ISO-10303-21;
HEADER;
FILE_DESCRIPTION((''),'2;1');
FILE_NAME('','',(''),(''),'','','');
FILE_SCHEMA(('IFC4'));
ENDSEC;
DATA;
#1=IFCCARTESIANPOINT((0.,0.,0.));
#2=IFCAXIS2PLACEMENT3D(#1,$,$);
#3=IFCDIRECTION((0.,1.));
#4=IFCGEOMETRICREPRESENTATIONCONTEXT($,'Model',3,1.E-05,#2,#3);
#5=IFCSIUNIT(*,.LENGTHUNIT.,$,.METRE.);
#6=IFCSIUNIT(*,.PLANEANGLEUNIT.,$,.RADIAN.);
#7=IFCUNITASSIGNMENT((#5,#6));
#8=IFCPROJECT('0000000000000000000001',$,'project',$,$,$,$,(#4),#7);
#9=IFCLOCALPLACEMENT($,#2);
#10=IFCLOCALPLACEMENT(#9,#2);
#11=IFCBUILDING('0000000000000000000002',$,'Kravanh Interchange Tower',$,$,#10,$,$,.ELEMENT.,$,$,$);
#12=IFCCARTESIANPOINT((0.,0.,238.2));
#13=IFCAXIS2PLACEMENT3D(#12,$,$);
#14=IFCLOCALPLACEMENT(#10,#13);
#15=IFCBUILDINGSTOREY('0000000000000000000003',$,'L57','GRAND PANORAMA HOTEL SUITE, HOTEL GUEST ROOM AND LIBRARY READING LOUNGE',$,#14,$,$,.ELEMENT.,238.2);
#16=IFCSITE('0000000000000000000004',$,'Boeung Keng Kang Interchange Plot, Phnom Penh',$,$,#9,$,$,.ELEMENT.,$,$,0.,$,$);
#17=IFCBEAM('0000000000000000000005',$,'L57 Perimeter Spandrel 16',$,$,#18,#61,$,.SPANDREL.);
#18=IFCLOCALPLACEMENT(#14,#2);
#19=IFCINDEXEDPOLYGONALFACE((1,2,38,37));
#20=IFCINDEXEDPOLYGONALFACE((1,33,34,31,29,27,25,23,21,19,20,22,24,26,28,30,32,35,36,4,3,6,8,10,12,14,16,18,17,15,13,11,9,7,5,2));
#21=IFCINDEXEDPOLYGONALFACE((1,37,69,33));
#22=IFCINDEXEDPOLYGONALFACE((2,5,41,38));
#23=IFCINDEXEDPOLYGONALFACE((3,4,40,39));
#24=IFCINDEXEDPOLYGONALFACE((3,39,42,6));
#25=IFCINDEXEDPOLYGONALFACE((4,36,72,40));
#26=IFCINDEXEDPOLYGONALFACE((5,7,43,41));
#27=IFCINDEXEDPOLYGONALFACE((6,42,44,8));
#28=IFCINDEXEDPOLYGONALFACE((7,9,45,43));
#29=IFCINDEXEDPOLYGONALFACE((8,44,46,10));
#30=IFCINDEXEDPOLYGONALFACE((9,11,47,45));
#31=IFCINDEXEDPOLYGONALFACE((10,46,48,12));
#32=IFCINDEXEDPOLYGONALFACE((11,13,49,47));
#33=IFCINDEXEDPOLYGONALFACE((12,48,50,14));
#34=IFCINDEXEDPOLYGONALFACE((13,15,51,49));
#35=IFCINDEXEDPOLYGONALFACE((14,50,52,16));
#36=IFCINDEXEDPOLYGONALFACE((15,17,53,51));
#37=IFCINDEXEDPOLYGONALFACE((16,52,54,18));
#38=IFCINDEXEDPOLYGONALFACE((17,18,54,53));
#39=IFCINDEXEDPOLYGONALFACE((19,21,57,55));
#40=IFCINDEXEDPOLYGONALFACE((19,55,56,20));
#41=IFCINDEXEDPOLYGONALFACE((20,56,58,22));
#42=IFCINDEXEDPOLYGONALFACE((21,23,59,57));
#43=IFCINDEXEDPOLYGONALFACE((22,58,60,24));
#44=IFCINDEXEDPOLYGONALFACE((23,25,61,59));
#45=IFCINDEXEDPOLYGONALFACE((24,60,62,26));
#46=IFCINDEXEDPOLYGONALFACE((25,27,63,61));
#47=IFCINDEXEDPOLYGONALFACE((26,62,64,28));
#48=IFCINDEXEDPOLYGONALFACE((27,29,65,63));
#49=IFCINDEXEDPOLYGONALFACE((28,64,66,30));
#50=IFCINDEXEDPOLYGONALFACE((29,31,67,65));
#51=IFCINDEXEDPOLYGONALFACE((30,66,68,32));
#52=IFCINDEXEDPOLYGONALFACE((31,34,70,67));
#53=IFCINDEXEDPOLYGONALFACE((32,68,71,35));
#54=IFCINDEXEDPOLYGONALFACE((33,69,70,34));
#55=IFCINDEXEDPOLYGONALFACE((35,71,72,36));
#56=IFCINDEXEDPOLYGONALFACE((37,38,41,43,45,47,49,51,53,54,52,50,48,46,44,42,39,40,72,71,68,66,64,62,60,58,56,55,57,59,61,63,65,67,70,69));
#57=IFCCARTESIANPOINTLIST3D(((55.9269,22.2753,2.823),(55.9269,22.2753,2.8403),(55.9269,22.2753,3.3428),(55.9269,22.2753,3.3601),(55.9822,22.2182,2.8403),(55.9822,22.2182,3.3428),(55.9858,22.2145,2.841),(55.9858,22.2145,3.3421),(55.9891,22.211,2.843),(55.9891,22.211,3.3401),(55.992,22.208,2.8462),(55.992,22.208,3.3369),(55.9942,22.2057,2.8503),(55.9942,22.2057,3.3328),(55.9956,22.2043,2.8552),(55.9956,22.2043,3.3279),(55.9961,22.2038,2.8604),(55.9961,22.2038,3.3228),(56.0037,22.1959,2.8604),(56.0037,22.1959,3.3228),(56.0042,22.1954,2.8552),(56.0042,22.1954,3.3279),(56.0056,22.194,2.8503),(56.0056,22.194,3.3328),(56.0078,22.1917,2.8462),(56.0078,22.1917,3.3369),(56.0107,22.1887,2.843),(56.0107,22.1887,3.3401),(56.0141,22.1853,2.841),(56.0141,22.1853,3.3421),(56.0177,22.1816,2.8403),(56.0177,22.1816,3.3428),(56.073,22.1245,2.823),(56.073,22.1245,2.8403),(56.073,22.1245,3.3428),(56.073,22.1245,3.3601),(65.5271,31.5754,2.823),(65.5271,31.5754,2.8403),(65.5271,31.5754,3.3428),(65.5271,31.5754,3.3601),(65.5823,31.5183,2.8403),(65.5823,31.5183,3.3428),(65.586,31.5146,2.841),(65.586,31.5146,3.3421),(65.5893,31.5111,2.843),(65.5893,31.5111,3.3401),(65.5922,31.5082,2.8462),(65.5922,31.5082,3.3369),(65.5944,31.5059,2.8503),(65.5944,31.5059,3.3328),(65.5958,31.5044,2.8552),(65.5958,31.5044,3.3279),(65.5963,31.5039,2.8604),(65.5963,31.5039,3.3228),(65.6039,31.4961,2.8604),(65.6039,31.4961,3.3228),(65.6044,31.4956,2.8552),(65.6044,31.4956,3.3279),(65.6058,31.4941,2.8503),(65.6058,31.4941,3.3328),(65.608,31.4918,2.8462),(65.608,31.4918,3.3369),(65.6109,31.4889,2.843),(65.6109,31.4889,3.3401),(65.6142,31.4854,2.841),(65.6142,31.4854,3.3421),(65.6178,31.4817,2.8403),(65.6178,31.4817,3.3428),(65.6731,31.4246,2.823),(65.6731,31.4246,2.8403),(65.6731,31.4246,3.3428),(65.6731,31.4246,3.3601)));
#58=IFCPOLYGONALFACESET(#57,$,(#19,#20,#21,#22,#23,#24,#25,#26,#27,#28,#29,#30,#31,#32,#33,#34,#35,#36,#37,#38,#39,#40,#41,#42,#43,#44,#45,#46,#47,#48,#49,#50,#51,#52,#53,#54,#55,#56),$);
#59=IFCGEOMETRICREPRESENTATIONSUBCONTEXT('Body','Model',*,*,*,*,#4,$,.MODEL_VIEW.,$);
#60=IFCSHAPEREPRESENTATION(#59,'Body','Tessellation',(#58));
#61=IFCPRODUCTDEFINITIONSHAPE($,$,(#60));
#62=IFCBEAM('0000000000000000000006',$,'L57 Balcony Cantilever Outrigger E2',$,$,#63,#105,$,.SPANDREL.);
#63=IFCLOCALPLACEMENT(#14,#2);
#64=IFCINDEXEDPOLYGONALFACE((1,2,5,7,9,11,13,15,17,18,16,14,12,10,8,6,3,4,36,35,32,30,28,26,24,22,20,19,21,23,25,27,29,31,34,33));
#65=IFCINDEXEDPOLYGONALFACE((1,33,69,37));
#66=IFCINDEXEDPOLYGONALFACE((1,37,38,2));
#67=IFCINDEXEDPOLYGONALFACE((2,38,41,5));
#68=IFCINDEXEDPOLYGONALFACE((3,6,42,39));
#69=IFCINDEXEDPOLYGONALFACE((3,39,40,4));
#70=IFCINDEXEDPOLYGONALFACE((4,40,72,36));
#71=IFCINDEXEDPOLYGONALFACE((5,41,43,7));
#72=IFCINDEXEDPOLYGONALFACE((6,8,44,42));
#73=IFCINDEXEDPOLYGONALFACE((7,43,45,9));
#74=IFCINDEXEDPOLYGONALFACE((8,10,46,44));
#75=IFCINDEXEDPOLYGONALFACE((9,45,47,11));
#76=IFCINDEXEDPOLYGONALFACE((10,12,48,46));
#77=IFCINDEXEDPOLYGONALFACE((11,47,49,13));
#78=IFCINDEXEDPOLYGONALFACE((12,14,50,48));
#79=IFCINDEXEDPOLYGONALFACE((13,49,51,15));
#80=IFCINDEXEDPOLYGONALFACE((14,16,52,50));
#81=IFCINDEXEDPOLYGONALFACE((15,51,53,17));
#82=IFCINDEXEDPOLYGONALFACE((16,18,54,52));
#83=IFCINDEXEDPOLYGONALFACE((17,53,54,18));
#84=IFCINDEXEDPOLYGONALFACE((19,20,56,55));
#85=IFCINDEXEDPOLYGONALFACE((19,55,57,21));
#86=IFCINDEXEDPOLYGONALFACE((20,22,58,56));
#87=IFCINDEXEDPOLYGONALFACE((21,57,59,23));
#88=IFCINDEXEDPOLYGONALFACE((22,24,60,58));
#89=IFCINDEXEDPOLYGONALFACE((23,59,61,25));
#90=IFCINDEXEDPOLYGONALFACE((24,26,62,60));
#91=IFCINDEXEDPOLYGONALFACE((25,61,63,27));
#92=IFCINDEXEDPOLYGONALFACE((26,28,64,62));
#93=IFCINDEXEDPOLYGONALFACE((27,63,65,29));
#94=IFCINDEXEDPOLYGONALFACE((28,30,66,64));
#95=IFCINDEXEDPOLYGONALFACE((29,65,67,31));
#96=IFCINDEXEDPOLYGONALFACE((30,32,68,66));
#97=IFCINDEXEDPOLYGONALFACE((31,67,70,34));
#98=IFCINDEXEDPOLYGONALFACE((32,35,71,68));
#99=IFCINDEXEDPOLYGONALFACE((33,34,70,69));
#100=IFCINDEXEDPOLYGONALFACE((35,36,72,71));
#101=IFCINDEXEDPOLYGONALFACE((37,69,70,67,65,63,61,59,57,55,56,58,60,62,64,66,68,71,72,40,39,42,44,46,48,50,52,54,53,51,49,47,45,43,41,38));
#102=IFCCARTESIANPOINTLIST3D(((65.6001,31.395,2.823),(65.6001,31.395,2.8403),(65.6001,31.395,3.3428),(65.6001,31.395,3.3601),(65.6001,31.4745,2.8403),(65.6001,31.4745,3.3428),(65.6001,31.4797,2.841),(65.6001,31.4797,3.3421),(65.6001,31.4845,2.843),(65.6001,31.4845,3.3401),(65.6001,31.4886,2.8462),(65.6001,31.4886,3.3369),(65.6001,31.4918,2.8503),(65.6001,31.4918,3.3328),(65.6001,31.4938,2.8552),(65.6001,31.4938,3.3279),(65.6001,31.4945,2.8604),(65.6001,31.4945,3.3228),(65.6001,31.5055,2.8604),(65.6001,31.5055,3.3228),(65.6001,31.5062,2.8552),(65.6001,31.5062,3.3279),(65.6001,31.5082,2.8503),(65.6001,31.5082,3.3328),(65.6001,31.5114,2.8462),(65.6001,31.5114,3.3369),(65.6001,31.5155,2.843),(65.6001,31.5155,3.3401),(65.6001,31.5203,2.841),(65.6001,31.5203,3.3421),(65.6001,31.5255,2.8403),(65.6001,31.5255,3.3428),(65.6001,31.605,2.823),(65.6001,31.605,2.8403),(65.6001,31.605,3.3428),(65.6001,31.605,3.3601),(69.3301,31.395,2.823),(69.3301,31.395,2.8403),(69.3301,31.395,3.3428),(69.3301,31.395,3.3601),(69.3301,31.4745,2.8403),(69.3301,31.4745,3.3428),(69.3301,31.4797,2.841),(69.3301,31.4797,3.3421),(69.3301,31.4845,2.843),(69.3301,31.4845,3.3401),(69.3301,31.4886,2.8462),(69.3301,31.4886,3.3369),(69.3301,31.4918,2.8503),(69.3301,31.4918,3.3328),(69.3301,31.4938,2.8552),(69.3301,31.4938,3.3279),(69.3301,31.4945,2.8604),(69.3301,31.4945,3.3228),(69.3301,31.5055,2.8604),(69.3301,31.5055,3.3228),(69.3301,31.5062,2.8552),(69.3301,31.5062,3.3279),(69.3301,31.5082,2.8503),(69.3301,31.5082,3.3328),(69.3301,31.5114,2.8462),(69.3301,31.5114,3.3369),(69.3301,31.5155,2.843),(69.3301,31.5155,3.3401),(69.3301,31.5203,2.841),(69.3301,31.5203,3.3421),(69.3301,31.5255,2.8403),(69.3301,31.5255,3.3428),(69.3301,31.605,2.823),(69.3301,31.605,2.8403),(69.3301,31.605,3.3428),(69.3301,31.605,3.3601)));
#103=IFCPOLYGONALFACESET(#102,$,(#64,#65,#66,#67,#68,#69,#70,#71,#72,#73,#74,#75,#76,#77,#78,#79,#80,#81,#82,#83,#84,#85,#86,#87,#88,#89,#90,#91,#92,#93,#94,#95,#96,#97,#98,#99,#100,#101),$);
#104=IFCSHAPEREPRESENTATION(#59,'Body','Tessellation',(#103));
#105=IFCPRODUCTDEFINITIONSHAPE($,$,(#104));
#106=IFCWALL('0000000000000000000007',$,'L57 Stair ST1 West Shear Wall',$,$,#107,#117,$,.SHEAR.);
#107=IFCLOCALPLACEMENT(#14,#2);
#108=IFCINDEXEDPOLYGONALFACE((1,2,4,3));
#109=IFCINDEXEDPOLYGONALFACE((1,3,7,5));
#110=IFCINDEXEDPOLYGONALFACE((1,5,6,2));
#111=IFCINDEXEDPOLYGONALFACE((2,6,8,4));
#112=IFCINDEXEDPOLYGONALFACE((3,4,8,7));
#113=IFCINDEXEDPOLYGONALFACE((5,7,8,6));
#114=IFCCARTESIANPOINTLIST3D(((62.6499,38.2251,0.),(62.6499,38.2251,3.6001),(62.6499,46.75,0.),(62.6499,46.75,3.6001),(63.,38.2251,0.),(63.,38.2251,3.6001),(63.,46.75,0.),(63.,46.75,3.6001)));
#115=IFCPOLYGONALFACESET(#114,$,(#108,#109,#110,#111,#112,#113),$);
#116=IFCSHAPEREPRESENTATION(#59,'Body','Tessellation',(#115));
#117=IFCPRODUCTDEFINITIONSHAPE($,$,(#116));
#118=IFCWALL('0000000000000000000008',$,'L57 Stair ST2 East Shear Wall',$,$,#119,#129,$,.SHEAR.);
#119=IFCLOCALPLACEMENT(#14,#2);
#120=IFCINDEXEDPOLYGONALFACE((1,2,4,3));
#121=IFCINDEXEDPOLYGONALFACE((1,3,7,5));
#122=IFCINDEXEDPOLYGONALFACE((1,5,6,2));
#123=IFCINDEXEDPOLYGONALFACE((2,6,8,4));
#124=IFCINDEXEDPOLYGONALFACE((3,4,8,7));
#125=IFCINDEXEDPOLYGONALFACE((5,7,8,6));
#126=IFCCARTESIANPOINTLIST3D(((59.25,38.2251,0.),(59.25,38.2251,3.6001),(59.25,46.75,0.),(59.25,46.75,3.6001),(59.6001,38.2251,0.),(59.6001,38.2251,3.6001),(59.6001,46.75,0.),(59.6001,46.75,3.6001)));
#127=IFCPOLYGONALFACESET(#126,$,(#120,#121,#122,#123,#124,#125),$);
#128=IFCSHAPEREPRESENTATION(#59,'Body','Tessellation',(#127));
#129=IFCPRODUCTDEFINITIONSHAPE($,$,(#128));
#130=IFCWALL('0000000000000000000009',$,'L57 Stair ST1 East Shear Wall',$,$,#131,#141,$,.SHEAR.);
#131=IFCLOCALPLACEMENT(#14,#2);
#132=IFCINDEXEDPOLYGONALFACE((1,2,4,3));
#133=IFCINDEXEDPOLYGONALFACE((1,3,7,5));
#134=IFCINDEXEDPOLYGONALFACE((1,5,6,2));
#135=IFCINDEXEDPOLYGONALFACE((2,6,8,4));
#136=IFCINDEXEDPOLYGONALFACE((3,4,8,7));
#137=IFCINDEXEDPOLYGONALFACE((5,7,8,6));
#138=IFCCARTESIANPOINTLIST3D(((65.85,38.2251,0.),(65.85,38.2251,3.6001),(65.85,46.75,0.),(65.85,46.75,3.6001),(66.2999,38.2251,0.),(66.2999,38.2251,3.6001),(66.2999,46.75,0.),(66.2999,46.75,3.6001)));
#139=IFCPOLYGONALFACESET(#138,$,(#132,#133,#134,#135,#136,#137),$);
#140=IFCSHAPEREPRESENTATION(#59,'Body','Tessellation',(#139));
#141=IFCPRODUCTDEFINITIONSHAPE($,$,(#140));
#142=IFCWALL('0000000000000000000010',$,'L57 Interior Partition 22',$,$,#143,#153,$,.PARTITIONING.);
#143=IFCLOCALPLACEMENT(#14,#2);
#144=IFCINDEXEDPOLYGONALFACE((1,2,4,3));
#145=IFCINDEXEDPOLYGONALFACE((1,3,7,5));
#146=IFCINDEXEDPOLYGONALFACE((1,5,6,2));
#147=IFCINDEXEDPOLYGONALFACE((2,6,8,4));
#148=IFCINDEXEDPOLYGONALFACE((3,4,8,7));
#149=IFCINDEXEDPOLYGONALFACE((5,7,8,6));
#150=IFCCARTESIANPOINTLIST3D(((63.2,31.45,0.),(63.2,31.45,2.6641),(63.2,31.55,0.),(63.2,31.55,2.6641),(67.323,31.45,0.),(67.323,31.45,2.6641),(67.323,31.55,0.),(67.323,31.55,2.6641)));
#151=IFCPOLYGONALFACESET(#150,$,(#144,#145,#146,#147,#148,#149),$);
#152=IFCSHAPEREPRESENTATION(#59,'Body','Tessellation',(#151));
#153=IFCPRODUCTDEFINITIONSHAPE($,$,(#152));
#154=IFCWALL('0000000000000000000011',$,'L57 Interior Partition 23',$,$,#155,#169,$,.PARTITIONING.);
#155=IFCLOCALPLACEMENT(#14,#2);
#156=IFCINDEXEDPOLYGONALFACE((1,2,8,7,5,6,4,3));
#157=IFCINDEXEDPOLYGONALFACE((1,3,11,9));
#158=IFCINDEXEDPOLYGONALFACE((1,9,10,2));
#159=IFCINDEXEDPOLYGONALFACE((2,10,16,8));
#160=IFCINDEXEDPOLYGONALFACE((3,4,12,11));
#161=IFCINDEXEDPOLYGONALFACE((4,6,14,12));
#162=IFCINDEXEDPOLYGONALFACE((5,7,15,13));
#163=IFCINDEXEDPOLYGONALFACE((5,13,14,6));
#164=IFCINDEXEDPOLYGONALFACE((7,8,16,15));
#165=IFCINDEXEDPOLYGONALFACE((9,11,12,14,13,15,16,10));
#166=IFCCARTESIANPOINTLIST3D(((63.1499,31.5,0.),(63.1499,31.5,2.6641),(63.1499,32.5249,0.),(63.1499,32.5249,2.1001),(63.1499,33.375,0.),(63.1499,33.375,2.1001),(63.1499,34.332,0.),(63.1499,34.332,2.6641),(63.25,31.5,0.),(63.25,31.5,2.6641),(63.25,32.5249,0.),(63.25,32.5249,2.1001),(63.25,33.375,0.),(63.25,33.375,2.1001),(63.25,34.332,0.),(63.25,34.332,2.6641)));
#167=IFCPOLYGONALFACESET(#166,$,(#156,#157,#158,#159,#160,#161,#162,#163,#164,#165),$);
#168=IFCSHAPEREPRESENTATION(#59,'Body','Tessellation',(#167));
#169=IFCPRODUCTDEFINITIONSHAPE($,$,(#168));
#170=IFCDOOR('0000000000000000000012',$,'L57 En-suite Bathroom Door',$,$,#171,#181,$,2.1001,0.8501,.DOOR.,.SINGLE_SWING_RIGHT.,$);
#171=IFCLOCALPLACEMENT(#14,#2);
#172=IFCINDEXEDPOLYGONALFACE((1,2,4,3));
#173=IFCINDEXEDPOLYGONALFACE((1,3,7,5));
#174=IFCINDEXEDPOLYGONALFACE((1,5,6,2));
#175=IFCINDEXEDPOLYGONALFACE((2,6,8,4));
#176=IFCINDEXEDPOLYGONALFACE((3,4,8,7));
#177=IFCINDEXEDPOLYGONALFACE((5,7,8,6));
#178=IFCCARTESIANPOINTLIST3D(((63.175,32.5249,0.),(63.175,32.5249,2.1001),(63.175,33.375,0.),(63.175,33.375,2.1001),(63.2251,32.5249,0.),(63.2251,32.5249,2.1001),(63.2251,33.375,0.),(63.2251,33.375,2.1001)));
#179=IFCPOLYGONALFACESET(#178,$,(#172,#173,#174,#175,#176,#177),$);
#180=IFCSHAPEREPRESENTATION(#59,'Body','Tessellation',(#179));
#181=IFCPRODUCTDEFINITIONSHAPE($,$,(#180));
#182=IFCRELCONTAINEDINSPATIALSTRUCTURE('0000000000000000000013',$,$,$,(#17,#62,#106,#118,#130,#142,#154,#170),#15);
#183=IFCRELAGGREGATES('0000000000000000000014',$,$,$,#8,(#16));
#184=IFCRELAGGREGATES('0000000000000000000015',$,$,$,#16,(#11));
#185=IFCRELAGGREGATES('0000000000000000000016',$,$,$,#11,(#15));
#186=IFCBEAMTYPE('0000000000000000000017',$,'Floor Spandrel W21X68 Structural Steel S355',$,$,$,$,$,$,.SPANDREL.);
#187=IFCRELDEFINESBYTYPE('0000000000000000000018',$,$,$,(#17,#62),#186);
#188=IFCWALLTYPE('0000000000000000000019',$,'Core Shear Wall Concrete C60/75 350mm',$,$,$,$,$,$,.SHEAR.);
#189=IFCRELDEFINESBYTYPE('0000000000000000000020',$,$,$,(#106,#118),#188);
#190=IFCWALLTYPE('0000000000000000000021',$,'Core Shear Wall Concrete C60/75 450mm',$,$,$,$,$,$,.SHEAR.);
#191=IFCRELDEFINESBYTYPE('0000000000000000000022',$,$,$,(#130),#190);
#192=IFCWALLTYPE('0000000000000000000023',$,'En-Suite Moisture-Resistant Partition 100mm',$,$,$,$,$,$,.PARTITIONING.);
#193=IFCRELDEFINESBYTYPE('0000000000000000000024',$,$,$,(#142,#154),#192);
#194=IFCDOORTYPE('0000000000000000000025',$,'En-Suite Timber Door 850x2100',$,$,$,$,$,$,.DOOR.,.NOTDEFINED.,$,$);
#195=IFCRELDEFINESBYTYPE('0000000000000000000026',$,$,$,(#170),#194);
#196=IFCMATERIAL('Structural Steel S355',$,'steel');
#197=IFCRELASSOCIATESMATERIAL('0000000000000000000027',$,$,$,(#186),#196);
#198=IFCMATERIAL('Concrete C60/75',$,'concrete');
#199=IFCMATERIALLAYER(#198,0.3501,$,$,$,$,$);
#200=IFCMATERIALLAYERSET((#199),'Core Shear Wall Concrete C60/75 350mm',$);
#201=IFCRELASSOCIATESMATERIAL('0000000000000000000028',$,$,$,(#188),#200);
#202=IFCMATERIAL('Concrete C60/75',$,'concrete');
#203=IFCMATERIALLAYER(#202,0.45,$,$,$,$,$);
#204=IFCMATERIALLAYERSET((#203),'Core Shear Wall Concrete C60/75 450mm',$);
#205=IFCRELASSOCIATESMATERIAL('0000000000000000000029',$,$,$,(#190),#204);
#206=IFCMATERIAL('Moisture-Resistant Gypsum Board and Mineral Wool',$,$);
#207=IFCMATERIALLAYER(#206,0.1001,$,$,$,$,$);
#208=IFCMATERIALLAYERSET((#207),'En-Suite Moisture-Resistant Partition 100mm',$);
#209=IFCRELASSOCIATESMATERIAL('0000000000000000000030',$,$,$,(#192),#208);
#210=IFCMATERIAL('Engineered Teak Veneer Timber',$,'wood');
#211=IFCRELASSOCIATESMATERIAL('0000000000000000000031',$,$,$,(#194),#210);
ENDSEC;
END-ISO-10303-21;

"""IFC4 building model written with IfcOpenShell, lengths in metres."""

from ifc_helpers import new_model, si_unit, direction, frame, frame_2d, origin, origin_2d, place, context, subcontext, project, spatial, rectangle, i_section, extrude, material, layer, layer_set, material_profile, profile_set, type_object, element, fill, save


model = new_model("IFC4")

# Units and contexts
model_context = context("Model", 3, precision=1e-05, world=origin(), true_north=direction((0.0, 1.0)))
body_context = subcontext(model_context, "Body", "Model", "MODEL_VIEW")
ifc_project = project(units=[si_unit("LENGTHUNIT", "METRE"), si_unit("PLANEANGLEUNIT", "RADIAN")], contexts=[model_context])

# Site, building, storey
site_placement = place(None, origin())
site = spatial("IfcSite", under=ifc_project, at=site_placement, Name="Boeung Keng Kang Interchange Plot, Phnom Penh", CompositionType="ELEMENT", RefElevation=0.0)
building_placement = place(site_placement, origin())
building = spatial("IfcBuilding", under=site, at=building_placement, Name="Kravanh Interchange Tower", CompositionType="ELEMENT")
storey_placement = place(building_placement, frame((0.0, 0.0, 238.2)))
storey = spatial("IfcBuildingStorey", under=building, at=storey_placement, Name="L57", Description="GRAND PANORAMA HOTEL SUITE, HOTEL GUEST ROOM AND LIBRARY READING LOUNGE", CompositionType="ELEMENT", Elevation=238.2)

# Beams
ifc_material_1 = material(Name="Structural Steel S355", Category="steel")
ifc_material_profile_1 = material_profile(ifc_material_1, i_section(OverallWidth=0.21, OverallDepth=0.5371, WebThickness=0.011, FlangeThickness=0.0173, FilletRadius=0.02, at=origin_2d()), Name="W21X68")
ifc_profile_set_1 = profile_set([ifc_material_profile_1], Name="Structural Steel S355")
beam_type_1 = type_object("IfcBeamType", Name="Floor Spandrel W21X68 Structural Steel S355", PredefinedType="SPANDREL", material=ifc_profile_set_1)
beam_1_placement = place(storey_placement, frame((65.6001, 31.5, 3.0916), z_axis=(-0.718242, -0.695793, 0.0), x_axis=(0.695793, -0.718242, 0.0)))
element("IfcBeam", 1, at=beam_1_placement, inside=storey, type_object=beam_type_1, Name="L57 Perimeter Spandrel 16", PredefinedType="SPANDREL", context=body_context, shape_type="SweptSolid", body=[
    extrude(i_section(OverallWidth=0.21, OverallDepth=0.5371, WebThickness=0.011, FlangeThickness=0.0173, FilletRadius=0.02, at=origin_2d()), origin(), (0.0, 0.0, 1.0), 13.3662),
])
beam_2_placement = place(storey_placement, frame((65.6001, 31.5, 3.0916), z_axis=(1.0, 0.0, 0.0), x_axis=(0.0, 1.0, 0.0)))
element("IfcBeam", 2, at=beam_2_placement, inside=storey, type_object=beam_type_1, Name="L57 Balcony Cantilever Outrigger E2", PredefinedType="SPANDREL", context=body_context, shape_type="SweptSolid", body=[
    extrude(i_section(OverallWidth=0.21, OverallDepth=0.5371, WebThickness=0.011, FlangeThickness=0.0173, FilletRadius=0.02, at=origin_2d()), origin(), (0.0, 0.0, 1.0), 3.73),
])

# Walls
ifc_material_2 = material(Name="Concrete C60/75", Category="concrete")
ifc_layer_1 = layer(ifc_material_2, 0.3501)
ifc_layer_set_1 = layer_set([ifc_layer_1], Name="Core Shear Wall Concrete C60/75 350mm")
wall_type_1 = type_object("IfcWallType", Name="Core Shear Wall Concrete C60/75 350mm", PredefinedType="SHEAR", material=ifc_layer_set_1)
for number, where, z_axis, x_axis, name in (
    (3, (62.825, 38.2251, 0.0), (0.0, 0.0, 1.0), (0.0, 1.0, 0.0), "L57 Stair ST1 West Shear Wall"),
    (4, (59.425, 38.2251, 0.0), (0.0, 0.0, 1.0), (0.0, 1.0, 0.0), "L57 Stair ST2 East Shear Wall"),
):
    element("IfcWall", number, at=place(storey_placement, frame(where, z_axis=z_axis, x_axis=x_axis)), inside=storey, type_object=wall_type_1, Name=name, PredefinedType="SHEAR", context=body_context, shape_type="SweptSolid", body=[
        extrude(rectangle(XDim=8.5249, YDim=0.3501, at=frame_2d((4.2625, 0.0))), origin(), (0.0, 0.0, 1.0), 3.6001),
    ])
ifc_material_3 = material(Name="Concrete C60/75", Category="concrete")
ifc_layer_2 = layer(ifc_material_3, 0.45)
ifc_layer_set_2 = layer_set([ifc_layer_2], Name="Core Shear Wall Concrete C60/75 450mm")
wall_type_2 = type_object("IfcWallType", Name="Core Shear Wall Concrete C60/75 450mm", PredefinedType="SHEAR", material=ifc_layer_set_2)
wall_1_placement = place(storey_placement, frame((66.075, 38.2251, 0.0), z_axis=(0.0, 0.0, 1.0), x_axis=(0.0, 1.0, 0.0)))
element("IfcWall", 5, at=wall_1_placement, inside=storey, type_object=wall_type_2, Name="L57 Stair ST1 East Shear Wall", PredefinedType="SHEAR", context=body_context, shape_type="SweptSolid", body=[
    extrude(rectangle(XDim=8.5249, YDim=0.45, at=frame_2d((4.2625, 0.0))), origin(), (0.0, 0.0, 1.0), 3.6001),
])
ifc_material_4 = material(Name="Moisture-Resistant Gypsum Board and Mineral Wool")
ifc_layer_3 = layer(ifc_material_4, 0.1001)
ifc_layer_set_3 = layer_set([ifc_layer_3], Name="En-Suite Moisture-Resistant Partition 100mm")
wall_type_3 = type_object("IfcWallType", Name="En-Suite Moisture-Resistant Partition 100mm", PredefinedType="PARTITIONING", material=ifc_layer_set_3)
wall_2_placement = place(storey_placement, frame((63.2, 31.5, 0.0), z_axis=(0.0, 0.0, 1.0), x_axis=(1.0, 0.0, 0.0)))
element("IfcWall", 6, at=wall_2_placement, inside=storey, type_object=wall_type_3, Name="L57 Interior Partition 22", PredefinedType="PARTITIONING", context=body_context, shape_type="SweptSolid", body=[
    extrude(rectangle(XDim=4.123, YDim=0.1001, at=frame_2d((2.0615, 0.0))), origin(), (0.0, 0.0, 1.0), 2.6641),
])

# Wall, opening, door
wall_3_placement = place(storey_placement, frame((63.2, 31.5, 0.0), z_axis=(0.0, 0.0, 1.0), x_axis=(0.0, 1.0, 0.0)))
wall_3 = element("IfcWall", 7, at=wall_3_placement, inside=storey, type_object=wall_type_3, Name="L57 Interior Partition 23", PredefinedType="PARTITIONING", context=body_context, shape_type="SweptSolid", body=[
    extrude(rectangle(XDim=2.832, YDim=0.1001, at=frame_2d((1.416, 0.0))), origin(), (0.0, 0.0, 1.0), 2.6641),
])
opening_1_placement = place(wall_3_placement, frame((1.0249, 0.0, 0.0)))
opening_1 = element("IfcOpeningElement", 8, at=opening_1_placement, cuts=wall_3, PredefinedType="OPENING", context=body_context, shape_type="SweptSolid", body=[
    extrude(rectangle(XDim=0.8501, YDim=2.1001, at=frame_2d((0.425, 1.05))), frame((0.0, 0.0601, 0.0), z_axis=(0.0, -1.0, 0.0), x_axis=(1.0, 0.0, 0.0)), (0.0, 0.0, 1.0), 0.1201),
])
ifc_material_5 = material(Name="Engineered Teak Veneer Timber", Category="wood")
door_type_1 = type_object("IfcDoorType", Name="En-Suite Timber Door 850x2100", OperationType="NOTDEFINED", PredefinedType="DOOR", material=ifc_material_5)
door_1_placement = place(opening_1_placement, origin())
door_1 = element("IfcDoor", 9, at=door_1_placement, inside=storey, type_object=door_type_1, Name="L57 En-suite Bathroom Door", OperationType="SINGLE_SWING_RIGHT", OverallHeight=2.1001, OverallWidth=0.8501, PredefinedType="DOOR", context=body_context, shape_type="SweptSolid", body=[
    extrude(rectangle(XDim=0.8501, YDim=2.1001, at=frame_2d((0.425, 1.05))), frame((0.0, 0.0249, 0.0), z_axis=(0.0, -1.0, 0.0), x_axis=(1.0, 0.0, 0.0)), (0.0, 0.0, 1.0), 0.05),
])
fill(opening_1, door_1)

save(model, "model.ifc")
